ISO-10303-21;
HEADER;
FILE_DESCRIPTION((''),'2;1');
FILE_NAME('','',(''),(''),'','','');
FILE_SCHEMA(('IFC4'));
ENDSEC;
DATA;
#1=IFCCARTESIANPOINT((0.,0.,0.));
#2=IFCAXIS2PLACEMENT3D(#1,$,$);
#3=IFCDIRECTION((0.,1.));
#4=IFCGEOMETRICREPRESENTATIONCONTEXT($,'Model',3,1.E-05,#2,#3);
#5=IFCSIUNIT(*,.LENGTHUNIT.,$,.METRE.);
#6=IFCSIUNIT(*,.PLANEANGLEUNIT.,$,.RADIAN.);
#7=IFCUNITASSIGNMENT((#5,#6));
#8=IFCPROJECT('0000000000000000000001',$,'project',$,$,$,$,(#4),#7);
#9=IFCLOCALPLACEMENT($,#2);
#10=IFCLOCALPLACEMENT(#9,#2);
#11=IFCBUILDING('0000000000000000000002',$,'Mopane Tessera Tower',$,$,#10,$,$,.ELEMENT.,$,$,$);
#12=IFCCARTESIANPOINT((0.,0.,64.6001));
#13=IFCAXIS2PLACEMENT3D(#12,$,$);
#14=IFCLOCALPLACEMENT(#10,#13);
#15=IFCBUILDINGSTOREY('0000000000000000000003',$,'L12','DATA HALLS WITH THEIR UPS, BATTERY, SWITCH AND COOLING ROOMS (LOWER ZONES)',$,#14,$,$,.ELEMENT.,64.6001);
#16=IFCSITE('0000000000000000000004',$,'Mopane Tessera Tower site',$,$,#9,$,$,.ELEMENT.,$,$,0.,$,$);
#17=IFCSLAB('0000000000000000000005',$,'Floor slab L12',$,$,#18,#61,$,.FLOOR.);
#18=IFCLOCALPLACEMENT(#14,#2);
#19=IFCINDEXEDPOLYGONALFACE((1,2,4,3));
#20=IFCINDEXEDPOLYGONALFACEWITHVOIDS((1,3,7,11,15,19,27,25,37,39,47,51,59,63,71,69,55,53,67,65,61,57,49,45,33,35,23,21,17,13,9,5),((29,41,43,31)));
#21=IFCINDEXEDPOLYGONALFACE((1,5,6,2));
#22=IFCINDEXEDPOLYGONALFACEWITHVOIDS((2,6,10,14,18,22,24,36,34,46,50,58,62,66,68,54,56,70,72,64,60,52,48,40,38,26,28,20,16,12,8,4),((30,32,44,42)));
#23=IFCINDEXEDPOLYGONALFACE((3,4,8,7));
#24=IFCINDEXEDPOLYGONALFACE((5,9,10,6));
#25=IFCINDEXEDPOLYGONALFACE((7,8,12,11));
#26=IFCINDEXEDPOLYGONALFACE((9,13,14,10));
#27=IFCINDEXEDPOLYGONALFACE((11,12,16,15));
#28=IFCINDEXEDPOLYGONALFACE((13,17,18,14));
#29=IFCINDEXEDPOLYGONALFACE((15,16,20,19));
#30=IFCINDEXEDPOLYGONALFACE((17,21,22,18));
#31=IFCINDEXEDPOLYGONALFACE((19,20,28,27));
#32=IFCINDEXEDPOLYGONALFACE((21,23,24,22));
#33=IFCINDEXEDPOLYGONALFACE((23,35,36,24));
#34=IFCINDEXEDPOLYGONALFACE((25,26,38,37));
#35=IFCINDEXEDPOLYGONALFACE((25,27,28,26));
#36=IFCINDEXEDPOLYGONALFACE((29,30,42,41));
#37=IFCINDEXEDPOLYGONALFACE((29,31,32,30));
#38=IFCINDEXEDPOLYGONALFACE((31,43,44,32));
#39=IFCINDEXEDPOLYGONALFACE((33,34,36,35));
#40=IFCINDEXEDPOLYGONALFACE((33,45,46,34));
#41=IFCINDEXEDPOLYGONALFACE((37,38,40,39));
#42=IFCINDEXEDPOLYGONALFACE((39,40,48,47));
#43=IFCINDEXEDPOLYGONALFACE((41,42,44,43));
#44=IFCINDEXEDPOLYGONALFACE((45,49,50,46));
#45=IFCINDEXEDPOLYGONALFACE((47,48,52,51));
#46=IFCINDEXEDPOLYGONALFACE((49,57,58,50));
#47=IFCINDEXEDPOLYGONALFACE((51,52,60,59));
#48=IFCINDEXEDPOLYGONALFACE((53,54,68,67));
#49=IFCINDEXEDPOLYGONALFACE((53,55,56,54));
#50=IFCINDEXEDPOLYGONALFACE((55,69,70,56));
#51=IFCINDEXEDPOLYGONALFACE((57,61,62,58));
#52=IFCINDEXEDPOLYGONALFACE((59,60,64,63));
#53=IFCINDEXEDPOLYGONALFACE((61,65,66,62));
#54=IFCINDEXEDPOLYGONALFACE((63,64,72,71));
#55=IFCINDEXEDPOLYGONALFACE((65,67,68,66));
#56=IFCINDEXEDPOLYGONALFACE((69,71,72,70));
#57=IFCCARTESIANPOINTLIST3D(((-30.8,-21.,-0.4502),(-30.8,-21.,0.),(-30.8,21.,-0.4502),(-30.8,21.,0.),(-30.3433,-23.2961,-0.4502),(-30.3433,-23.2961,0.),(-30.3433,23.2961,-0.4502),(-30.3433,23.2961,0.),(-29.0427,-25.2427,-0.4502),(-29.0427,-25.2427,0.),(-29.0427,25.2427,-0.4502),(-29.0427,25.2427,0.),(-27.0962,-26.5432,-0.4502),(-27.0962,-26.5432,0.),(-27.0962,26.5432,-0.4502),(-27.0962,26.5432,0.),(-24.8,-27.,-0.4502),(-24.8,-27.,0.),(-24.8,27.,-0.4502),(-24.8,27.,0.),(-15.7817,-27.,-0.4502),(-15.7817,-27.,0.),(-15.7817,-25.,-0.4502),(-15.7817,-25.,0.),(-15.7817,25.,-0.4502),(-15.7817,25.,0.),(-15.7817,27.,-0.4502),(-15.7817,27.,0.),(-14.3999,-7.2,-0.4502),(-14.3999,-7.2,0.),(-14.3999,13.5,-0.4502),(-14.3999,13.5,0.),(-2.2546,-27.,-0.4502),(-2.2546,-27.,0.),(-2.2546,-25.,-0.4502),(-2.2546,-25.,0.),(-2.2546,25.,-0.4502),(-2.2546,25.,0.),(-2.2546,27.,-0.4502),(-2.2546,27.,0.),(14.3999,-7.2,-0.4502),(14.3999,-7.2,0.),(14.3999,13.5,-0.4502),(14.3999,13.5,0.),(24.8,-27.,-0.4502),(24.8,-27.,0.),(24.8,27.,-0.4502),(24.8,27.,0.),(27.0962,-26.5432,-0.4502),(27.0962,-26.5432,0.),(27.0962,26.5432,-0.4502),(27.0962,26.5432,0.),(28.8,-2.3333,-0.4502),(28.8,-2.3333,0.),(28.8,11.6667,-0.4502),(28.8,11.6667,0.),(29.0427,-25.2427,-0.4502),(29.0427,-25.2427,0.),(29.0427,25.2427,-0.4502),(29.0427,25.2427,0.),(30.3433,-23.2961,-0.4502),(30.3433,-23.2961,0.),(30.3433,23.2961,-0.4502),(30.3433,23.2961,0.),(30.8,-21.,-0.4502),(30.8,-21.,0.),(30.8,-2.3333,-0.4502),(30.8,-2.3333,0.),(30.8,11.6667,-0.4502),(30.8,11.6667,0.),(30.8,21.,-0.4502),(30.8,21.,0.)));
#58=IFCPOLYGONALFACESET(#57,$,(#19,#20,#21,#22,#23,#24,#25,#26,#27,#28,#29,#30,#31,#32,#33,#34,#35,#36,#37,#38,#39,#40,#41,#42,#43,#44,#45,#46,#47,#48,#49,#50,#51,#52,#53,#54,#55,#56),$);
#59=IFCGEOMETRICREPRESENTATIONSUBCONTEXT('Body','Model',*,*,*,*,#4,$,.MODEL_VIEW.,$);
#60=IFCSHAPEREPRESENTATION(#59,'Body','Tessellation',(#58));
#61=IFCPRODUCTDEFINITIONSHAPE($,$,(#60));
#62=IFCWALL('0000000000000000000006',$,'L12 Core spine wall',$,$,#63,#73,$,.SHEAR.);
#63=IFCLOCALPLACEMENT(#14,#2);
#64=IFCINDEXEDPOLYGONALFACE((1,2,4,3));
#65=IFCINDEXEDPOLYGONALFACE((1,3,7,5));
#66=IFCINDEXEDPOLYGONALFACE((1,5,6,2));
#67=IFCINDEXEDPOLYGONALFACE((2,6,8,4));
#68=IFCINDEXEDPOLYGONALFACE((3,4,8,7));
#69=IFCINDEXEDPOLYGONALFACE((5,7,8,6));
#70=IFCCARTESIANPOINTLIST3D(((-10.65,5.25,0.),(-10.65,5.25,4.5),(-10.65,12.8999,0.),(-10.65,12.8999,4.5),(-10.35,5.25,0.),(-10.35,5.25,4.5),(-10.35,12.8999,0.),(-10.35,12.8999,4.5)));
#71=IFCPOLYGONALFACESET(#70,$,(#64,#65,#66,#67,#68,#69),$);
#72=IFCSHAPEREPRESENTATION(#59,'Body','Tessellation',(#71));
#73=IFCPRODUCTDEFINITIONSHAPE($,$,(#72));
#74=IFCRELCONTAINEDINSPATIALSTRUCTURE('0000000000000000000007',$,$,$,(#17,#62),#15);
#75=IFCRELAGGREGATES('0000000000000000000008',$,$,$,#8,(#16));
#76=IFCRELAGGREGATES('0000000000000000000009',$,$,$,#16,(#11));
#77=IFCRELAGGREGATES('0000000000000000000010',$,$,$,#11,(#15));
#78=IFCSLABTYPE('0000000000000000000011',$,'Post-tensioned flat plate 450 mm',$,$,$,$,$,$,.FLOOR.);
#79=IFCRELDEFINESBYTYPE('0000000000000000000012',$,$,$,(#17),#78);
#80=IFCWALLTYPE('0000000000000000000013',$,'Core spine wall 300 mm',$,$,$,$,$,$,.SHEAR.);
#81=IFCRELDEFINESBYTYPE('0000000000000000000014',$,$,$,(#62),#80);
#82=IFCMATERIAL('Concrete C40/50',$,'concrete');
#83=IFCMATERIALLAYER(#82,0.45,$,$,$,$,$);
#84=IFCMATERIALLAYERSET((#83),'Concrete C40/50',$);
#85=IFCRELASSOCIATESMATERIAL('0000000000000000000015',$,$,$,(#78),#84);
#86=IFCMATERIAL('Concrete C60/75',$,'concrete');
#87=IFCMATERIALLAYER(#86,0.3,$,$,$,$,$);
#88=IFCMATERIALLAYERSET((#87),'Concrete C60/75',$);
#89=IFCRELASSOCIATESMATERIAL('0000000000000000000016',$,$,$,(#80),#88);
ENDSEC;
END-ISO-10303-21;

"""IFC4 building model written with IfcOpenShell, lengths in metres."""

from ifc_helpers import new_model, si_unit, direction, frame, frame_2d, origin, place, context, subcontext, project, spatial, polyline, rectangle, outline, extrude, material, layer, layer_set, type_object, element, save


model = new_model("IFC4")

# Units and contexts
model_context = context("Model", 3, precision=1e-05, world=origin(), true_north=direction((0.0, 1.0)))
body_context = subcontext(model_context, "Body", "Model", "MODEL_VIEW")
ifc_project = project(units=[si_unit("LENGTHUNIT", "METRE"), si_unit("PLANEANGLEUNIT", "RADIAN")], contexts=[model_context])

# Site, building, storey
site_placement = place(None, origin())
site = spatial("IfcSite", under=ifc_project, at=site_placement, Name="Mopane Tessera Tower site", CompositionType="ELEMENT", RefElevation=0.0)
building_placement = place(site_placement, origin())
building = spatial("IfcBuilding", under=site, at=building_placement, Name="Mopane Tessera Tower", CompositionType="ELEMENT")
storey_placement = place(building_placement, frame((0.0, 0.0, 64.6001)))
storey = spatial("IfcBuildingStorey", under=building, at=storey_placement, Name="L12", Description="DATA HALLS WITH THEIR UPS, BATTERY, SWITCH AND COOLING ROOMS (LOWER ZONES)", CompositionType="ELEMENT", Elevation=64.6001)

# Slab
ifc_material_1 = material(Name="Concrete C40/50", Category="concrete")
ifc_layer_1 = layer(ifc_material_1, 0.45)
ifc_layer_set_1 = layer_set([ifc_layer_1], Name="Concrete C40/50")
slab_type_1 = type_object("IfcSlabType", Name="Post-tensioned flat plate 450 mm", PredefinedType="FLOOR", material=ifc_layer_set_1)
slab_1_placement = place(storey_placement, frame((0.0, 0.0, -0.4502)))
element("IfcSlab", 1, at=slab_1_placement, inside=storey, type_object=slab_type_1, Name="Floor slab L12", PredefinedType="FLOOR", context=body_context, shape_type="SweptSolid", body=[
    extrude(outline(polyline([(-24.8, -27.0), (-15.7817, -27.0), (-15.7817, -25.0), (-2.2546, -25.0), (-2.2546, -27.0), (24.8, -27.0), (27.0962, -26.5432), (29.0427, -25.2427), (30.3433, -23.2961), (30.8, -21.0), (30.8, -2.3333), (28.8, -2.3333), (28.8, 11.6667), (30.8, 11.6667), (30.8, 21.0), (30.3433, 23.2961), (29.0427, 25.2427), (27.0962, 26.5432), (24.8, 27.0), (-2.2546, 27.0), (-2.2546, 25.0), (-15.7817, 25.0), (-15.7817, 27.0), (-24.8, 27.0), (-27.0962, 26.5432), (-29.0427, 25.2427), (-30.3433, 23.2961), (-30.8, 21.0), (-30.8, -21.0), (-30.3433, -23.2961), (-29.0427, -25.2427), (-27.0962, -26.5432), (-24.8, -27.0)]), holes=[polyline([(14.3999, -7.2), (-14.3999, -7.2), (-14.3999, 13.5), (14.3999, 13.5), (14.3999, -7.2)])]), origin(), (0.0, 0.0, 1.0), 0.4502),
])

# Wall
ifc_material_2 = material(Name="Concrete C60/75", Category="concrete")
ifc_layer_2 = layer(ifc_material_2, 0.3)
ifc_layer_set_2 = layer_set([ifc_layer_2], Name="Concrete C60/75")
wall_type_1 = type_object("IfcWallType", Name="Core spine wall 300 mm", PredefinedType="SHEAR", material=ifc_layer_set_2)
wall_1_placement = place(storey_placement, frame((-10.5, 5.25, 0.0), z_axis=(0.0, 0.0, 1.0), x_axis=(0.0, 1.0, 0.0)))
element("IfcWall", 2, at=wall_1_placement, inside=storey, type_object=wall_type_1, Name="L12 Core spine wall", PredefinedType="SHEAR", context=body_context, shape_type="SweptSolid", body=[
    extrude(rectangle(XDim=7.6499, YDim=0.3, at=frame_2d((3.825, 0.0))), origin(), (0.0, 0.0, 1.0), 4.5),
])

save(model, "model.ifc")
